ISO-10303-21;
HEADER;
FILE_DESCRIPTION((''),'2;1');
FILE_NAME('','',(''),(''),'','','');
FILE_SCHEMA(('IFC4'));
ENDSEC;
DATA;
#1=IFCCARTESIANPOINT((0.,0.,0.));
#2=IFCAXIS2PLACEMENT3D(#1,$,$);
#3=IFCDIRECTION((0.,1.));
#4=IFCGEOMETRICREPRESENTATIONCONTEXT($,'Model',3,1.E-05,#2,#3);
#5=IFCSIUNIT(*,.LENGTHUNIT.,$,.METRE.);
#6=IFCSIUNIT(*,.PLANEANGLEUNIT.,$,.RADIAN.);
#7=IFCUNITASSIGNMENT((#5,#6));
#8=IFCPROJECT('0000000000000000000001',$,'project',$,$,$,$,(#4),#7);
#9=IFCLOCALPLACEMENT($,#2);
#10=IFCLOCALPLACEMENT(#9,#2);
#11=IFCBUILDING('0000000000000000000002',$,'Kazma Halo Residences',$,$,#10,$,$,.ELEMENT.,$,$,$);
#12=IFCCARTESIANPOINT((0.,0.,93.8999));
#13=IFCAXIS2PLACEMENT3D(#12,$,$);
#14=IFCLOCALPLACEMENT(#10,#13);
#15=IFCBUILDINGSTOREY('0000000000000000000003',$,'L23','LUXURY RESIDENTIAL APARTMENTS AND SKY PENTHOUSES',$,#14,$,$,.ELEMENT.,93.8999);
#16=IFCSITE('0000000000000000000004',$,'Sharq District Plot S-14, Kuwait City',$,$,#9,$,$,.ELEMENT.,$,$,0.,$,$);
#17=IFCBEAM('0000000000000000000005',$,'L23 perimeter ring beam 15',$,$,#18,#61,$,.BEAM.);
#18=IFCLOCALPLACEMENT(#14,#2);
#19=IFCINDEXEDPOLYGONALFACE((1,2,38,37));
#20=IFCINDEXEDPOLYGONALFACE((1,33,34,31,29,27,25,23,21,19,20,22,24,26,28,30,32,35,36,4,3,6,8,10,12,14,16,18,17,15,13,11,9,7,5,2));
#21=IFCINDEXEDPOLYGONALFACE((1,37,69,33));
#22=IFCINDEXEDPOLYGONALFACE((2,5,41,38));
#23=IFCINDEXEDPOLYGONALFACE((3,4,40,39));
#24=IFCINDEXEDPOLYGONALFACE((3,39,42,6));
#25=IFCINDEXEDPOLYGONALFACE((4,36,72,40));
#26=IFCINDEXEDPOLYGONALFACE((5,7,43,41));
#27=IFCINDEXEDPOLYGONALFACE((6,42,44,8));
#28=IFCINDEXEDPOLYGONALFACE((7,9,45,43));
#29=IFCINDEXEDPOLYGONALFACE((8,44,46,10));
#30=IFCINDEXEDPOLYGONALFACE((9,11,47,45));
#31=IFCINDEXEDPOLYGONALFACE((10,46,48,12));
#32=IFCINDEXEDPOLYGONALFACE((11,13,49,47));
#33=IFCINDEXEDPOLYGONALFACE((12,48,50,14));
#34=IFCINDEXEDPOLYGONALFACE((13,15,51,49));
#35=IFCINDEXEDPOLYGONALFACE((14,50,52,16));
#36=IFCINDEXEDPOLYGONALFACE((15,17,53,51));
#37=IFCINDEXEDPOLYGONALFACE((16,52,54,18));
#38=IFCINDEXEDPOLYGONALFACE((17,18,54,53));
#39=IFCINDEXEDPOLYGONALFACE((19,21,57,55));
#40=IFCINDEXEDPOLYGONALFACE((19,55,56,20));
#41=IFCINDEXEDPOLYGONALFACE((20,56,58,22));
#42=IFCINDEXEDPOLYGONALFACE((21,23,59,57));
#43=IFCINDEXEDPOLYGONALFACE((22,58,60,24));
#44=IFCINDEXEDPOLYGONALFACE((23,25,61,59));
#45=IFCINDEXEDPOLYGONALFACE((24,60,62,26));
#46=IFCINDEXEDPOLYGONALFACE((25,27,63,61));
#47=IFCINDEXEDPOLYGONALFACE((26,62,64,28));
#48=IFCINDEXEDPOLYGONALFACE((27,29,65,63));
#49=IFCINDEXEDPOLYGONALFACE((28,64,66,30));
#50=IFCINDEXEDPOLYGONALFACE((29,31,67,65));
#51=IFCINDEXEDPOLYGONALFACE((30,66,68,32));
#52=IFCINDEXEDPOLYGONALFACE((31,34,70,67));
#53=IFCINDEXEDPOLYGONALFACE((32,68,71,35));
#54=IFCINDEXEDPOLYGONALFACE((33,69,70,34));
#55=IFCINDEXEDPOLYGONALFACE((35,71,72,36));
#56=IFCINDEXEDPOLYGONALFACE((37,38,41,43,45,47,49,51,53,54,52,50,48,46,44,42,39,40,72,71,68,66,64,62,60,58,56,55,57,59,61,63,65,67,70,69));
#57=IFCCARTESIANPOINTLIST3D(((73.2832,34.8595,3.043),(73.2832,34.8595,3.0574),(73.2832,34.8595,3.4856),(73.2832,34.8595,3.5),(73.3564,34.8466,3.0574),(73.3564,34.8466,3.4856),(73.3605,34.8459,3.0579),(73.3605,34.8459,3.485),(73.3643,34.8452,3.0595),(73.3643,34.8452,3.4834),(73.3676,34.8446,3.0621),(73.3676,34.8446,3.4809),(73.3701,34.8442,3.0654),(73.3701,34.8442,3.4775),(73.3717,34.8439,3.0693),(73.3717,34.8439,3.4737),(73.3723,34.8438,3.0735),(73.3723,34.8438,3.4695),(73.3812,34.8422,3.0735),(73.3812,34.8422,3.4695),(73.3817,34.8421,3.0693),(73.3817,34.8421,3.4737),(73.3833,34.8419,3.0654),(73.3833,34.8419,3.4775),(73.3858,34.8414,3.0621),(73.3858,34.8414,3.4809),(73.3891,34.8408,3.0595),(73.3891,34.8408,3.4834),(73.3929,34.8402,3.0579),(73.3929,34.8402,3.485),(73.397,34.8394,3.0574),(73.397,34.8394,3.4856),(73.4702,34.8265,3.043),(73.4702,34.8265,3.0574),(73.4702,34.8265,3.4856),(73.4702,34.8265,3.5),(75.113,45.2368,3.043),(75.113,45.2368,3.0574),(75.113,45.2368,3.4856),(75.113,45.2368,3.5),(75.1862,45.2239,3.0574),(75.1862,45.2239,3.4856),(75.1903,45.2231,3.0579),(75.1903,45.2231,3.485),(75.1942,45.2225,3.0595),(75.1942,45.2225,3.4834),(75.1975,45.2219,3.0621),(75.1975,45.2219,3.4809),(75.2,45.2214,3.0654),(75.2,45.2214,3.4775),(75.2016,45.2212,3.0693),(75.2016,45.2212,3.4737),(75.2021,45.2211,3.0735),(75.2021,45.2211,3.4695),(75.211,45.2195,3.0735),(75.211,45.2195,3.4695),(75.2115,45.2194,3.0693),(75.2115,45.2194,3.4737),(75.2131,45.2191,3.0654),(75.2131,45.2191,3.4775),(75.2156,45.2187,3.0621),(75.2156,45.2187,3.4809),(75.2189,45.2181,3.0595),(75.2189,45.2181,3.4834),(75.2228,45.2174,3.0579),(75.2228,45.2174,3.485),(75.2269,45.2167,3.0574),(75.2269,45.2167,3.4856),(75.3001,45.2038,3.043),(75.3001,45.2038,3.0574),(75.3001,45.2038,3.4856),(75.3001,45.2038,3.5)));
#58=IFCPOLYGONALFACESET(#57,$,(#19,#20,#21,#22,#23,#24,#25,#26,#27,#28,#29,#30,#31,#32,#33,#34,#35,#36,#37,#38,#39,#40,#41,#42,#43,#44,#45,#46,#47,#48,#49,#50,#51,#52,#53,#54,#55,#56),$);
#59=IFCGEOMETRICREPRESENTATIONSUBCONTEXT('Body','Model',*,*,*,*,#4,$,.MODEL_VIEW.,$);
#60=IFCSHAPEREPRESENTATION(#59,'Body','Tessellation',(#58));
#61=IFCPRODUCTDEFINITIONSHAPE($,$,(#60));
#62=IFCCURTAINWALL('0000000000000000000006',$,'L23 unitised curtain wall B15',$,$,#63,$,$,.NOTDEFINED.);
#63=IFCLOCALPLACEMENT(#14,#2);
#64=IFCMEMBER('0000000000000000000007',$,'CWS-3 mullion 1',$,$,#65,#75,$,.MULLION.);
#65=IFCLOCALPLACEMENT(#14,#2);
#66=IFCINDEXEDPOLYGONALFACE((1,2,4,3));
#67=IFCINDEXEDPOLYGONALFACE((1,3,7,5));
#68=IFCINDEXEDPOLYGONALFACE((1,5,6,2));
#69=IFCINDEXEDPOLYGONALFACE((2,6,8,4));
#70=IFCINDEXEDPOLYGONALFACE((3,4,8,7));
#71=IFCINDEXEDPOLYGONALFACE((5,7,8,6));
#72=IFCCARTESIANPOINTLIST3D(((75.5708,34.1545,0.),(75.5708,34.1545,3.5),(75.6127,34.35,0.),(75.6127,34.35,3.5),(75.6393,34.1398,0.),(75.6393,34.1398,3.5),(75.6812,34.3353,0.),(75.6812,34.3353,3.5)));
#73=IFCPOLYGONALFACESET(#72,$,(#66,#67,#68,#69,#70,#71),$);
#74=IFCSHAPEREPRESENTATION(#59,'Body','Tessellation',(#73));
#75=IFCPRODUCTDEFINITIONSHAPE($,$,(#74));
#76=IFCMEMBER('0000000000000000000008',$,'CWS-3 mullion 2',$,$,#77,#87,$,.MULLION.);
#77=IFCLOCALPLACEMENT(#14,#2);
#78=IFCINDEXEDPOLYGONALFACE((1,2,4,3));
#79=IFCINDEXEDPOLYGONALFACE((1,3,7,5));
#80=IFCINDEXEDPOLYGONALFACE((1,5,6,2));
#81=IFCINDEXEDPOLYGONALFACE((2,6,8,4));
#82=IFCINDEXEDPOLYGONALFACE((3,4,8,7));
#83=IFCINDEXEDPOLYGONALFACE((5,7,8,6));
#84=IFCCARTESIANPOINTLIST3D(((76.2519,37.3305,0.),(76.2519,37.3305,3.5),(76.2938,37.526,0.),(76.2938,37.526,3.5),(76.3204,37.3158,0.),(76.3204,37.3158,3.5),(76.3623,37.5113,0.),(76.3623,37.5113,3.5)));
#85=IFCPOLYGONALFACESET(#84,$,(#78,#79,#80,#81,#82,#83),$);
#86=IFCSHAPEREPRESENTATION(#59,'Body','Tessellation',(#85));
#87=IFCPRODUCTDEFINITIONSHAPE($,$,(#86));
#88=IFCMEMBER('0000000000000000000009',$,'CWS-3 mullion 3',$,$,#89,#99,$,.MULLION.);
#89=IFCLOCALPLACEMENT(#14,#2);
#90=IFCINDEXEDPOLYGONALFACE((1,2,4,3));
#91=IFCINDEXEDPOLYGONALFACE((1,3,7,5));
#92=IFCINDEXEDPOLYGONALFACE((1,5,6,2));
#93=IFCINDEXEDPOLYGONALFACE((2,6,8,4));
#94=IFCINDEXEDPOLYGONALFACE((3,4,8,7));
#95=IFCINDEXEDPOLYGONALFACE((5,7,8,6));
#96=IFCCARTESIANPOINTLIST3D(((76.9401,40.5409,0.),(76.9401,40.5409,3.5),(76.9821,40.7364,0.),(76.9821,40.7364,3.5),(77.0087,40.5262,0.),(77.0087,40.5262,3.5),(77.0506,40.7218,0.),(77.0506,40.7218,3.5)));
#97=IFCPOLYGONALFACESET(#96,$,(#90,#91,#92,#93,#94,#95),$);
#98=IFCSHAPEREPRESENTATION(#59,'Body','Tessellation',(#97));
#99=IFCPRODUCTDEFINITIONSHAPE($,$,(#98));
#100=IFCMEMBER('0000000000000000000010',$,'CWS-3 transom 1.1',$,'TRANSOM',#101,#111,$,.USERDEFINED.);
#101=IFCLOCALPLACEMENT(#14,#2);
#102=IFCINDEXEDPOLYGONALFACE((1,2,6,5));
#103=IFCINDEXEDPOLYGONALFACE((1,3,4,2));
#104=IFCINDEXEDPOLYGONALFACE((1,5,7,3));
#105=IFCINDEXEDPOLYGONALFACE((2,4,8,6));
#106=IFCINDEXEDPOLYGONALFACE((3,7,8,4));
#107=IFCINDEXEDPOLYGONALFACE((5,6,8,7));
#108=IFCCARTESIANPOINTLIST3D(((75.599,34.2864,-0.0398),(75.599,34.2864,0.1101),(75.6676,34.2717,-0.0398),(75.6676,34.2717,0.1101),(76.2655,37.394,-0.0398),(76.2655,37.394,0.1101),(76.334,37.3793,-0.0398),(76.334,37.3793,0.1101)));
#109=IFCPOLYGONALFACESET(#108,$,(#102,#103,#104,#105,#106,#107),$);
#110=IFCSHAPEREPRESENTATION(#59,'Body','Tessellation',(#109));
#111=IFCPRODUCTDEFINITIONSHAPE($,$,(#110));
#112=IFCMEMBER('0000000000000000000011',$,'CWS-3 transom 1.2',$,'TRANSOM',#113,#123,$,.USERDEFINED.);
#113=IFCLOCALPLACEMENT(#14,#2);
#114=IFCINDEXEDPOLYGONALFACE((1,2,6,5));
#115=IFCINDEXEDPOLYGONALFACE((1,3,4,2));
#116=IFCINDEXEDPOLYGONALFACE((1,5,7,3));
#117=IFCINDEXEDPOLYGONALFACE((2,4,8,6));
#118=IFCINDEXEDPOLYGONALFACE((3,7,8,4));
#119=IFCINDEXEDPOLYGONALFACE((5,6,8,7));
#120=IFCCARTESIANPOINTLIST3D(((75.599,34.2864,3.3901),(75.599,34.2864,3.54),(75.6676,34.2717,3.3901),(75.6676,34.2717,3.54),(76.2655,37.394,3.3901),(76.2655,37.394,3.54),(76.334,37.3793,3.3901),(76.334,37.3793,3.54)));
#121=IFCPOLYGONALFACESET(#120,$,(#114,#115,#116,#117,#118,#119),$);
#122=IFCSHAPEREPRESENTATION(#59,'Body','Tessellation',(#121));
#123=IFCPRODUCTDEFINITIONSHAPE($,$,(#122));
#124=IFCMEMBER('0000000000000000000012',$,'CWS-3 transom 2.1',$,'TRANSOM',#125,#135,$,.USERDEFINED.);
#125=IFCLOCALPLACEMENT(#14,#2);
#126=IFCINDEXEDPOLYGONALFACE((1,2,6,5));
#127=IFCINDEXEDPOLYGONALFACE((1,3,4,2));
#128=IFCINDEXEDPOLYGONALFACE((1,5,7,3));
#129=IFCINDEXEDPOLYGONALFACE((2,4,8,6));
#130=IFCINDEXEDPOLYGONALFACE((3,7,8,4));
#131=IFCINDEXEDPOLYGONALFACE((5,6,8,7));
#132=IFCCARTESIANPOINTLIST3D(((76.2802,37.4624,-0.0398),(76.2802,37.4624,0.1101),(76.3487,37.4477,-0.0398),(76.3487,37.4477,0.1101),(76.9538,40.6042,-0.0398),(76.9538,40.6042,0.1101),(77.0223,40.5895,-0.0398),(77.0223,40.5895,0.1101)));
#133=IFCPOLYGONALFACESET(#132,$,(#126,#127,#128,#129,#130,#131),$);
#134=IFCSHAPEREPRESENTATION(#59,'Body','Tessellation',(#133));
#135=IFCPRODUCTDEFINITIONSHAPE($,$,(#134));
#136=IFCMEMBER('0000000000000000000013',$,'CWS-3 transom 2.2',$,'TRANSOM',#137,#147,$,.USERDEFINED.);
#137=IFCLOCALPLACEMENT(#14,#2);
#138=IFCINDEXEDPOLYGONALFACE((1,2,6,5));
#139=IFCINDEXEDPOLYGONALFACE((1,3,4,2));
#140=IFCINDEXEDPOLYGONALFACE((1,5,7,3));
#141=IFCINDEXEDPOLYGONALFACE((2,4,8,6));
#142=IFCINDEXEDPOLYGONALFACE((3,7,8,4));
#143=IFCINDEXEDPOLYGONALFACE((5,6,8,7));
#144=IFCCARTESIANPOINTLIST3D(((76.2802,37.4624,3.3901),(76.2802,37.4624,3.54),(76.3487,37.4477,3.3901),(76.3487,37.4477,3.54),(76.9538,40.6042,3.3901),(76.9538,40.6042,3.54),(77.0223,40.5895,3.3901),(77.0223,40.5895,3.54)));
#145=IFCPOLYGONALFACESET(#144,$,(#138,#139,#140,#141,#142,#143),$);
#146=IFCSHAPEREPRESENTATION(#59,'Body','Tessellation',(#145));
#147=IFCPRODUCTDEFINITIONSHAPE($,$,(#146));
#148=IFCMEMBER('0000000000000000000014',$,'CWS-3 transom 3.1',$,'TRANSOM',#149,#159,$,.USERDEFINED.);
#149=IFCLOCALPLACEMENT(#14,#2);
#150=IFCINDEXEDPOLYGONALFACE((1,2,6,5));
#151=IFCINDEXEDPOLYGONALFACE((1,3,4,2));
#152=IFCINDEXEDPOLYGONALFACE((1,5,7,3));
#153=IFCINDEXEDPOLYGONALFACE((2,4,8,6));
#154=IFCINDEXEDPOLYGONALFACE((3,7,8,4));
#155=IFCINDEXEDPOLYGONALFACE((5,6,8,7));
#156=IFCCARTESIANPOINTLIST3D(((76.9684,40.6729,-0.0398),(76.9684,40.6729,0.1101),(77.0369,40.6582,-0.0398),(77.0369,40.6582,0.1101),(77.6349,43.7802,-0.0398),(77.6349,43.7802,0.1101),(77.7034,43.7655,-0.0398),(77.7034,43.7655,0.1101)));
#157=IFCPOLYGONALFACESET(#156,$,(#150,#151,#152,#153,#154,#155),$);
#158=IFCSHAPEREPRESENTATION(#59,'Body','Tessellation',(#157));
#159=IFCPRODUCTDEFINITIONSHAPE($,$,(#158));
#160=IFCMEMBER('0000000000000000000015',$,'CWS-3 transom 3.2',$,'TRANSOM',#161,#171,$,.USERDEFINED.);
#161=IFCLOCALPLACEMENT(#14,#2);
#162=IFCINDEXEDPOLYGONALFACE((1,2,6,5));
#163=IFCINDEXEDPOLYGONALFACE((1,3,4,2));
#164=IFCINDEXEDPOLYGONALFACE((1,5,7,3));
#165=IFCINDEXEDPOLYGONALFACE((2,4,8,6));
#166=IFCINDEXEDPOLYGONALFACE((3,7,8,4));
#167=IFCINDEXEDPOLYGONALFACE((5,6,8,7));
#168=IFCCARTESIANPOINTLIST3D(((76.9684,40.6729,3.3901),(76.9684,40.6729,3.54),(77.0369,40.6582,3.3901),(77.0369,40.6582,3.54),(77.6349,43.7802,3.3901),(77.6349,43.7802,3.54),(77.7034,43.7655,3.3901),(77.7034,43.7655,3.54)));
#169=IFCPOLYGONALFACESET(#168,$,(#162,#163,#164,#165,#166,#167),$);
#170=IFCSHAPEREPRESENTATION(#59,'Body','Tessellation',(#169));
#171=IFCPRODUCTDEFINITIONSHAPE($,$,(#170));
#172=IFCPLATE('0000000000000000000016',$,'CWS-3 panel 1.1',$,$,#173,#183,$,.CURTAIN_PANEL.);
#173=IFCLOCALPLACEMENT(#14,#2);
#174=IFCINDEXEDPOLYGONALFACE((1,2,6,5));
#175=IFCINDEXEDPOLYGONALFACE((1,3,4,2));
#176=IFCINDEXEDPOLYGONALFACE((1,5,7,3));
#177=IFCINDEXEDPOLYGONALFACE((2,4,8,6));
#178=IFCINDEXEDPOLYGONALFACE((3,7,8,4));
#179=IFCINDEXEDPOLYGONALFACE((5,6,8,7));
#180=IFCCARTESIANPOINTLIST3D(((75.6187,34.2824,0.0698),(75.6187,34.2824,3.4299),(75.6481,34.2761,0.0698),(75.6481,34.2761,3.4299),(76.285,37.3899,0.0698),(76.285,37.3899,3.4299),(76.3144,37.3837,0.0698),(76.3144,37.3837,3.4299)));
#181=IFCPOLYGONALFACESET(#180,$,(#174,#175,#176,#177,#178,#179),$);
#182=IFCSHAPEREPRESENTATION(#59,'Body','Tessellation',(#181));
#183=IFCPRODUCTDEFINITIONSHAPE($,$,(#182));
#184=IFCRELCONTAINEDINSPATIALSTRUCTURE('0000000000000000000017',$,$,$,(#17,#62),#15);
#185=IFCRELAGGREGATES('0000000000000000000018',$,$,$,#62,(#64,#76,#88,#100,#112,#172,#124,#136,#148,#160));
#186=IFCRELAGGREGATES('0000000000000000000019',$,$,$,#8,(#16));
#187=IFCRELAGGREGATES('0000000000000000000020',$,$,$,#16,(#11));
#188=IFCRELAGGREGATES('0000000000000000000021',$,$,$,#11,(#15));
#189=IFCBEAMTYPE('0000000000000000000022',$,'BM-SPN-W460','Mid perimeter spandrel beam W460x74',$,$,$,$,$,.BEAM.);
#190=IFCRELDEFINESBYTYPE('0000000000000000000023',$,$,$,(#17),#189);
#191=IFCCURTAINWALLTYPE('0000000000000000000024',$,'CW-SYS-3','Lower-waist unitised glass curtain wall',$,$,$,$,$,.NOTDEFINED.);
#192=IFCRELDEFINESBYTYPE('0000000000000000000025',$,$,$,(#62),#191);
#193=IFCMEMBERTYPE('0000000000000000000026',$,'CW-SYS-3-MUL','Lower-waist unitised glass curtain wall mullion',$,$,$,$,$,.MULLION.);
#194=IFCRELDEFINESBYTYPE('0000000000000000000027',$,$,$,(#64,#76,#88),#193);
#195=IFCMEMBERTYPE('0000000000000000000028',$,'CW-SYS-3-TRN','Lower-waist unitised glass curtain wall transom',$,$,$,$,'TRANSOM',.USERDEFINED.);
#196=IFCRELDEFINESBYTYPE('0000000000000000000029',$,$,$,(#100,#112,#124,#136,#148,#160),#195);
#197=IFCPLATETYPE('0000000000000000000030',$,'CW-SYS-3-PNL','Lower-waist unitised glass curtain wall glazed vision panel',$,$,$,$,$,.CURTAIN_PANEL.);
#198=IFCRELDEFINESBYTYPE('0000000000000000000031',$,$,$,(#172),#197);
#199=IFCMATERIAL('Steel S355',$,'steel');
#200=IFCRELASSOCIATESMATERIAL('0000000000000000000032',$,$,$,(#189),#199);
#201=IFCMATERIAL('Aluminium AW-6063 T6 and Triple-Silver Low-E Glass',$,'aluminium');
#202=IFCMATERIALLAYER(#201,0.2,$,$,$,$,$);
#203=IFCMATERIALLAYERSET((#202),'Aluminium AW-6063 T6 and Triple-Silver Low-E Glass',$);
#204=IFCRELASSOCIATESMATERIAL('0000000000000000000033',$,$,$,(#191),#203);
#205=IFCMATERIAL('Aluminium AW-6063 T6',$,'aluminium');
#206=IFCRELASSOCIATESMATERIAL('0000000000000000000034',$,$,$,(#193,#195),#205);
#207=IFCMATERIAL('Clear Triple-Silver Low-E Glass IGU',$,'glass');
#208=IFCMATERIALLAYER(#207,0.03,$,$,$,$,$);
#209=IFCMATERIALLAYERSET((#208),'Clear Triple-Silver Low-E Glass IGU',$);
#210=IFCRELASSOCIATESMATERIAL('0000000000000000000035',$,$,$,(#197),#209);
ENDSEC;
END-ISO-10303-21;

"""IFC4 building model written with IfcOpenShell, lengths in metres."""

from ifc_helpers import new_model, si_unit, direction, frame, origin, origin_2d, place, context, subcontext, project, spatial, rectangle, i_section, extrude, material, layer, layer_set, material_profile, profile_set, type_object, element, aggregate, save


model = new_model("IFC4")

# Units and contexts
model_context = context("Model", 3, precision=1e-05, world=origin(), true_north=direction((0.0, 1.0)))
body_context = subcontext(model_context, "Body", "Model", "MODEL_VIEW")
ifc_project = project(units=[si_unit("LENGTHUNIT", "METRE"), si_unit("PLANEANGLEUNIT", "RADIAN")], contexts=[model_context])

# Site, building, storey
site_placement = place(None, origin())
site = spatial("IfcSite", under=ifc_project, at=site_placement, Name="Sharq District Plot S-14, Kuwait City", CompositionType="ELEMENT", RefElevation=0.0)
building_placement = place(site_placement, origin())
building = spatial("IfcBuilding", under=site, at=building_placement, Name="Kazma Halo Residences", CompositionType="ELEMENT")
storey_placement = place(building_placement, frame((0.0, 0.0, 93.8999)))
storey = spatial("IfcBuildingStorey", under=building, at=storey_placement, Name="L23", Description="LUXURY RESIDENTIAL APARTMENTS AND SKY PENTHOUSES", CompositionType="ELEMENT", Elevation=93.8999)

# Beam
ifc_material_1 = material(Name="Steel S355", Category="steel")
ifc_material_profile_1 = material_profile(ifc_material_1, i_section(OverallWidth=0.1899, OverallDepth=0.457, WebThickness=0.009, FlangeThickness=0.0144, FilletRadius=0.0161, at=origin_2d()), Name="W460x74")
ifc_profile_set_1 = profile_set([ifc_material_profile_1], Name="Steel S355")
beam_type_1 = type_object("IfcBeamType", Name="BM-SPN-W460", Description="Mid perimeter spandrel beam W460x74", PredefinedType="BEAM", material=ifc_profile_set_1)
beam_1_placement = place(storey_placement, frame((73.3767, 34.843, 3.2715), z_axis=(0.173653, 0.984807, 0.0), x_axis=(-0.984807, 0.173653, 0.0)))
element("IfcBeam", 1, at=beam_1_placement, inside=storey, type_object=beam_type_1, Name="L23 perimeter ring beam 15", PredefinedType="BEAM", context=body_context, shape_type="SweptSolid", body=[
    extrude(i_section(OverallWidth=0.1899, OverallDepth=0.457, WebThickness=0.009, FlangeThickness=0.0144, FilletRadius=0.0161, at=origin_2d()), origin(), (0.0, 0.0, 1.0), 10.5374),
])

# Curtain wall, members, plate
ifc_material_2 = material(Name="Aluminium AW-6063 T6 and Triple-Silver Low-E Glass", Category="aluminium")
ifc_layer_1 = layer(ifc_material_2, 0.2)
ifc_layer_set_1 = layer_set([ifc_layer_1], Name="Aluminium AW-6063 T6 and Triple-Silver Low-E Glass")
curtain_wall_type = type_object("IfcCurtainWallType", Name="CW-SYS-3", Description="Lower-waist unitised glass curtain wall", PredefinedType="NOTDEFINED", material=ifc_layer_set_1)
curtain_wall_placement = place(storey_placement, origin())
curtain_wall = element("IfcCurtainWall", 2, at=curtain_wall_placement, inside=storey, type_object=curtain_wall_type, Name="L23 unitised curtain wall B15", PredefinedType="NOTDEFINED")
ifc_material_3 = material(Name="Aluminium AW-6063 T6", Category="aluminium")
ifc_material_profile_2 = material_profile(ifc_material_3, rectangle(XDim=0.0701, YDim=0.2, at=origin_2d()), Name="CWM-70x200")
ifc_profile_set_2 = profile_set([ifc_material_profile_2], Name="Aluminium AW-6063 T6")
member_type_1 = type_object("IfcMemberType", Name="CW-SYS-3-MUL", Description="Lower-waist unitised glass curtain wall mullion", PredefinedType="MULLION", material=ifc_profile_set_2)
member_1_placement = place(storey_placement, frame((75.626, 34.2449, 0.0), z_axis=(0.0, 0.0, 1.0), x_axis=(-0.977774, 0.209661, 0.0)))
member_1 = element("IfcMember", 3, at=member_1_placement, type_object=member_type_1, Name="CWS-3 mullion 1", PredefinedType="MULLION", context=body_context, shape_type="SweptSolid", body=[
    extrude(rectangle(XDim=0.0701, YDim=0.2, at=origin_2d()), origin(), (0.0, 0.0, 1.0), 3.5),
])
member_2_placement = place(storey_placement, frame((76.3071, 37.4209, 0.0), z_axis=(0.0, 0.0, 1.0), x_axis=(-0.977774, 0.209661, 0.0)))
member_2 = element("IfcMember", 4, at=member_2_placement, type_object=member_type_1, Name="CWS-3 mullion 2", PredefinedType="MULLION", context=body_context, shape_type="SweptSolid", body=[
    extrude(rectangle(XDim=0.0701, YDim=0.2, at=origin_2d()), origin(), (0.0, 0.0, 1.0), 3.5),
])
member_3_placement = place(storey_placement, frame((76.9954, 40.6313, 0.0), z_axis=(0.0, 0.0, 1.0), x_axis=(-0.977774, 0.209661, 0.0)))
member_3 = element("IfcMember", 5, at=member_3_placement, type_object=member_type_1, Name="CWS-3 mullion 3", PredefinedType="MULLION", context=body_context, shape_type="SweptSolid", body=[
    extrude(rectangle(XDim=0.0701, YDim=0.2, at=origin_2d()), origin(), (0.0, 0.0, 1.0), 3.5),
])
ifc_material_profile_3 = material_profile(ifc_material_3, rectangle(XDim=0.0701, YDim=0.1499, at=origin_2d()), Name="CWT-70x150")
ifc_profile_set_3 = profile_set([ifc_material_profile_3], Name="Aluminium AW-6063 T6")
member_type_2 = type_object("IfcMemberType", Name="CW-SYS-3-TRN", Description="Lower-waist unitised glass curtain wall transom", ElementType="TRANSOM", PredefinedType="USERDEFINED", material=ifc_profile_set_3)
member_4_placement = place(storey_placement, frame((75.6333, 34.2791, 0.0352), z_axis=(0.209702, 0.977765, 0.0), x_axis=(-0.977765, 0.209702, 0.0)))
member_4 = element("IfcMember", 6, at=member_4_placement, type_object=member_type_2, Name="CWS-3 transom 1.1", ObjectType="TRANSOM", PredefinedType="USERDEFINED", context=body_context, shape_type="SweptSolid", body=[
    extrude(rectangle(XDim=0.0701, YDim=0.1499, at=origin_2d()), origin(), (0.0, 0.0, 1.0), 3.1782),
])
member_5_placement = place(storey_placement, frame((75.6333, 34.2791, 3.4651), z_axis=(0.209702, 0.977765, 0.0), x_axis=(-0.977765, 0.209702, 0.0)))
member_5 = element("IfcMember", 7, at=member_5_placement, type_object=member_type_2, Name="CWS-3 transom 1.2", ObjectType="TRANSOM", PredefinedType="USERDEFINED", context=body_context, shape_type="SweptSolid", body=[
    extrude(rectangle(XDim=0.0701, YDim=0.1499, at=origin_2d()), origin(), (0.0, 0.0, 1.0), 3.1782),
])
member_6_placement = place(storey_placement, frame((76.3145, 37.4551, 0.0352), z_axis=(0.209628, 0.977781, 0.0), x_axis=(-0.977781, 0.209628, 0.0)))
member_6 = element("IfcMember", 8, at=member_6_placement, type_object=member_type_2, Name="CWS-3 transom 2.1", ObjectType="TRANSOM", PredefinedType="USERDEFINED", context=body_context, shape_type="SweptSolid", body=[
    extrude(rectangle(XDim=0.0701, YDim=0.1499, at=origin_2d()), origin(), (0.0, 0.0, 1.0), 3.2131),
])
member_7_placement = place(storey_placement, frame((76.3145, 37.4551, 3.4651), z_axis=(0.209628, 0.977781, 0.0), x_axis=(-0.977781, 0.209628, 0.0)))
member_7 = element("IfcMember", 9, at=member_7_placement, type_object=member_type_2, Name="CWS-3 transom 2.2", ObjectType="TRANSOM", PredefinedType="USERDEFINED", context=body_context, shape_type="SweptSolid", body=[
    extrude(rectangle(XDim=0.0701, YDim=0.1499, at=origin_2d()), origin(), (0.0, 0.0, 1.0), 3.2131),
])
member_8_placement = place(storey_placement, frame((77.0027, 40.6655, 0.0352), z_axis=(0.209718, 0.977762, 0.0), x_axis=(-0.977762, 0.209718, 0.0)))
member_8 = element("IfcMember", 10, at=member_8_placement, type_object=member_type_2, Name="CWS-3 transom 3.1", ObjectType="TRANSOM", PredefinedType="USERDEFINED", context=body_context, shape_type="SweptSolid", body=[
    extrude(rectangle(XDim=0.0701, YDim=0.1499, at=origin_2d()), origin(), (0.0, 0.0, 1.0), 3.178),
])
member_9_placement = place(storey_placement, frame((77.0027, 40.6655, 3.4651), z_axis=(0.209718, 0.977762, 0.0), x_axis=(-0.977762, 0.209718, 0.0)))
member_9 = element("IfcMember", 11, at=member_9_placement, type_object=member_type_2, Name="CWS-3 transom 3.2", ObjectType="TRANSOM", PredefinedType="USERDEFINED", context=body_context, shape_type="SweptSolid", body=[
    extrude(rectangle(XDim=0.0701, YDim=0.1499, at=origin_2d()), origin(), (0.0, 0.0, 1.0), 3.178),
])
ifc_material_4 = material(Name="Clear Triple-Silver Low-E Glass IGU", Category="glass")
ifc_layer_2 = layer(ifc_material_4, 0.03)
ifc_layer_set_2 = layer_set([ifc_layer_2], Name="Clear Triple-Silver Low-E Glass IGU")
plate_type = type_object("IfcPlateType", Name="CW-SYS-3-PNL", Description="Lower-waist unitised glass curtain wall glazed vision panel", PredefinedType="CURTAIN_PANEL", material=ifc_layer_set_2)
plate_1_placement = place(storey_placement, frame((75.9666, 35.833, 0.0698), z_axis=(0.0, 0.0, 1.0), x_axis=(0.209661, 0.977774, 0.0)))
plate_1 = element("IfcPlate", 12, at=plate_1_placement, type_object=plate_type, Name="CWS-3 panel 1.1", PredefinedType="CURTAIN_PANEL", context=body_context, shape_type="SweptSolid", body=[
    extrude(rectangle(XDim=3.1782, YDim=0.03, at=origin_2d()), origin(), (0.0, 0.0, 1.0), 3.3601),
])
aggregate(curtain_wall, [member_1, member_2, member_3, member_4, member_5, plate_1, member_6, member_7, member_8, member_9])

save(model, "model.ifc")
